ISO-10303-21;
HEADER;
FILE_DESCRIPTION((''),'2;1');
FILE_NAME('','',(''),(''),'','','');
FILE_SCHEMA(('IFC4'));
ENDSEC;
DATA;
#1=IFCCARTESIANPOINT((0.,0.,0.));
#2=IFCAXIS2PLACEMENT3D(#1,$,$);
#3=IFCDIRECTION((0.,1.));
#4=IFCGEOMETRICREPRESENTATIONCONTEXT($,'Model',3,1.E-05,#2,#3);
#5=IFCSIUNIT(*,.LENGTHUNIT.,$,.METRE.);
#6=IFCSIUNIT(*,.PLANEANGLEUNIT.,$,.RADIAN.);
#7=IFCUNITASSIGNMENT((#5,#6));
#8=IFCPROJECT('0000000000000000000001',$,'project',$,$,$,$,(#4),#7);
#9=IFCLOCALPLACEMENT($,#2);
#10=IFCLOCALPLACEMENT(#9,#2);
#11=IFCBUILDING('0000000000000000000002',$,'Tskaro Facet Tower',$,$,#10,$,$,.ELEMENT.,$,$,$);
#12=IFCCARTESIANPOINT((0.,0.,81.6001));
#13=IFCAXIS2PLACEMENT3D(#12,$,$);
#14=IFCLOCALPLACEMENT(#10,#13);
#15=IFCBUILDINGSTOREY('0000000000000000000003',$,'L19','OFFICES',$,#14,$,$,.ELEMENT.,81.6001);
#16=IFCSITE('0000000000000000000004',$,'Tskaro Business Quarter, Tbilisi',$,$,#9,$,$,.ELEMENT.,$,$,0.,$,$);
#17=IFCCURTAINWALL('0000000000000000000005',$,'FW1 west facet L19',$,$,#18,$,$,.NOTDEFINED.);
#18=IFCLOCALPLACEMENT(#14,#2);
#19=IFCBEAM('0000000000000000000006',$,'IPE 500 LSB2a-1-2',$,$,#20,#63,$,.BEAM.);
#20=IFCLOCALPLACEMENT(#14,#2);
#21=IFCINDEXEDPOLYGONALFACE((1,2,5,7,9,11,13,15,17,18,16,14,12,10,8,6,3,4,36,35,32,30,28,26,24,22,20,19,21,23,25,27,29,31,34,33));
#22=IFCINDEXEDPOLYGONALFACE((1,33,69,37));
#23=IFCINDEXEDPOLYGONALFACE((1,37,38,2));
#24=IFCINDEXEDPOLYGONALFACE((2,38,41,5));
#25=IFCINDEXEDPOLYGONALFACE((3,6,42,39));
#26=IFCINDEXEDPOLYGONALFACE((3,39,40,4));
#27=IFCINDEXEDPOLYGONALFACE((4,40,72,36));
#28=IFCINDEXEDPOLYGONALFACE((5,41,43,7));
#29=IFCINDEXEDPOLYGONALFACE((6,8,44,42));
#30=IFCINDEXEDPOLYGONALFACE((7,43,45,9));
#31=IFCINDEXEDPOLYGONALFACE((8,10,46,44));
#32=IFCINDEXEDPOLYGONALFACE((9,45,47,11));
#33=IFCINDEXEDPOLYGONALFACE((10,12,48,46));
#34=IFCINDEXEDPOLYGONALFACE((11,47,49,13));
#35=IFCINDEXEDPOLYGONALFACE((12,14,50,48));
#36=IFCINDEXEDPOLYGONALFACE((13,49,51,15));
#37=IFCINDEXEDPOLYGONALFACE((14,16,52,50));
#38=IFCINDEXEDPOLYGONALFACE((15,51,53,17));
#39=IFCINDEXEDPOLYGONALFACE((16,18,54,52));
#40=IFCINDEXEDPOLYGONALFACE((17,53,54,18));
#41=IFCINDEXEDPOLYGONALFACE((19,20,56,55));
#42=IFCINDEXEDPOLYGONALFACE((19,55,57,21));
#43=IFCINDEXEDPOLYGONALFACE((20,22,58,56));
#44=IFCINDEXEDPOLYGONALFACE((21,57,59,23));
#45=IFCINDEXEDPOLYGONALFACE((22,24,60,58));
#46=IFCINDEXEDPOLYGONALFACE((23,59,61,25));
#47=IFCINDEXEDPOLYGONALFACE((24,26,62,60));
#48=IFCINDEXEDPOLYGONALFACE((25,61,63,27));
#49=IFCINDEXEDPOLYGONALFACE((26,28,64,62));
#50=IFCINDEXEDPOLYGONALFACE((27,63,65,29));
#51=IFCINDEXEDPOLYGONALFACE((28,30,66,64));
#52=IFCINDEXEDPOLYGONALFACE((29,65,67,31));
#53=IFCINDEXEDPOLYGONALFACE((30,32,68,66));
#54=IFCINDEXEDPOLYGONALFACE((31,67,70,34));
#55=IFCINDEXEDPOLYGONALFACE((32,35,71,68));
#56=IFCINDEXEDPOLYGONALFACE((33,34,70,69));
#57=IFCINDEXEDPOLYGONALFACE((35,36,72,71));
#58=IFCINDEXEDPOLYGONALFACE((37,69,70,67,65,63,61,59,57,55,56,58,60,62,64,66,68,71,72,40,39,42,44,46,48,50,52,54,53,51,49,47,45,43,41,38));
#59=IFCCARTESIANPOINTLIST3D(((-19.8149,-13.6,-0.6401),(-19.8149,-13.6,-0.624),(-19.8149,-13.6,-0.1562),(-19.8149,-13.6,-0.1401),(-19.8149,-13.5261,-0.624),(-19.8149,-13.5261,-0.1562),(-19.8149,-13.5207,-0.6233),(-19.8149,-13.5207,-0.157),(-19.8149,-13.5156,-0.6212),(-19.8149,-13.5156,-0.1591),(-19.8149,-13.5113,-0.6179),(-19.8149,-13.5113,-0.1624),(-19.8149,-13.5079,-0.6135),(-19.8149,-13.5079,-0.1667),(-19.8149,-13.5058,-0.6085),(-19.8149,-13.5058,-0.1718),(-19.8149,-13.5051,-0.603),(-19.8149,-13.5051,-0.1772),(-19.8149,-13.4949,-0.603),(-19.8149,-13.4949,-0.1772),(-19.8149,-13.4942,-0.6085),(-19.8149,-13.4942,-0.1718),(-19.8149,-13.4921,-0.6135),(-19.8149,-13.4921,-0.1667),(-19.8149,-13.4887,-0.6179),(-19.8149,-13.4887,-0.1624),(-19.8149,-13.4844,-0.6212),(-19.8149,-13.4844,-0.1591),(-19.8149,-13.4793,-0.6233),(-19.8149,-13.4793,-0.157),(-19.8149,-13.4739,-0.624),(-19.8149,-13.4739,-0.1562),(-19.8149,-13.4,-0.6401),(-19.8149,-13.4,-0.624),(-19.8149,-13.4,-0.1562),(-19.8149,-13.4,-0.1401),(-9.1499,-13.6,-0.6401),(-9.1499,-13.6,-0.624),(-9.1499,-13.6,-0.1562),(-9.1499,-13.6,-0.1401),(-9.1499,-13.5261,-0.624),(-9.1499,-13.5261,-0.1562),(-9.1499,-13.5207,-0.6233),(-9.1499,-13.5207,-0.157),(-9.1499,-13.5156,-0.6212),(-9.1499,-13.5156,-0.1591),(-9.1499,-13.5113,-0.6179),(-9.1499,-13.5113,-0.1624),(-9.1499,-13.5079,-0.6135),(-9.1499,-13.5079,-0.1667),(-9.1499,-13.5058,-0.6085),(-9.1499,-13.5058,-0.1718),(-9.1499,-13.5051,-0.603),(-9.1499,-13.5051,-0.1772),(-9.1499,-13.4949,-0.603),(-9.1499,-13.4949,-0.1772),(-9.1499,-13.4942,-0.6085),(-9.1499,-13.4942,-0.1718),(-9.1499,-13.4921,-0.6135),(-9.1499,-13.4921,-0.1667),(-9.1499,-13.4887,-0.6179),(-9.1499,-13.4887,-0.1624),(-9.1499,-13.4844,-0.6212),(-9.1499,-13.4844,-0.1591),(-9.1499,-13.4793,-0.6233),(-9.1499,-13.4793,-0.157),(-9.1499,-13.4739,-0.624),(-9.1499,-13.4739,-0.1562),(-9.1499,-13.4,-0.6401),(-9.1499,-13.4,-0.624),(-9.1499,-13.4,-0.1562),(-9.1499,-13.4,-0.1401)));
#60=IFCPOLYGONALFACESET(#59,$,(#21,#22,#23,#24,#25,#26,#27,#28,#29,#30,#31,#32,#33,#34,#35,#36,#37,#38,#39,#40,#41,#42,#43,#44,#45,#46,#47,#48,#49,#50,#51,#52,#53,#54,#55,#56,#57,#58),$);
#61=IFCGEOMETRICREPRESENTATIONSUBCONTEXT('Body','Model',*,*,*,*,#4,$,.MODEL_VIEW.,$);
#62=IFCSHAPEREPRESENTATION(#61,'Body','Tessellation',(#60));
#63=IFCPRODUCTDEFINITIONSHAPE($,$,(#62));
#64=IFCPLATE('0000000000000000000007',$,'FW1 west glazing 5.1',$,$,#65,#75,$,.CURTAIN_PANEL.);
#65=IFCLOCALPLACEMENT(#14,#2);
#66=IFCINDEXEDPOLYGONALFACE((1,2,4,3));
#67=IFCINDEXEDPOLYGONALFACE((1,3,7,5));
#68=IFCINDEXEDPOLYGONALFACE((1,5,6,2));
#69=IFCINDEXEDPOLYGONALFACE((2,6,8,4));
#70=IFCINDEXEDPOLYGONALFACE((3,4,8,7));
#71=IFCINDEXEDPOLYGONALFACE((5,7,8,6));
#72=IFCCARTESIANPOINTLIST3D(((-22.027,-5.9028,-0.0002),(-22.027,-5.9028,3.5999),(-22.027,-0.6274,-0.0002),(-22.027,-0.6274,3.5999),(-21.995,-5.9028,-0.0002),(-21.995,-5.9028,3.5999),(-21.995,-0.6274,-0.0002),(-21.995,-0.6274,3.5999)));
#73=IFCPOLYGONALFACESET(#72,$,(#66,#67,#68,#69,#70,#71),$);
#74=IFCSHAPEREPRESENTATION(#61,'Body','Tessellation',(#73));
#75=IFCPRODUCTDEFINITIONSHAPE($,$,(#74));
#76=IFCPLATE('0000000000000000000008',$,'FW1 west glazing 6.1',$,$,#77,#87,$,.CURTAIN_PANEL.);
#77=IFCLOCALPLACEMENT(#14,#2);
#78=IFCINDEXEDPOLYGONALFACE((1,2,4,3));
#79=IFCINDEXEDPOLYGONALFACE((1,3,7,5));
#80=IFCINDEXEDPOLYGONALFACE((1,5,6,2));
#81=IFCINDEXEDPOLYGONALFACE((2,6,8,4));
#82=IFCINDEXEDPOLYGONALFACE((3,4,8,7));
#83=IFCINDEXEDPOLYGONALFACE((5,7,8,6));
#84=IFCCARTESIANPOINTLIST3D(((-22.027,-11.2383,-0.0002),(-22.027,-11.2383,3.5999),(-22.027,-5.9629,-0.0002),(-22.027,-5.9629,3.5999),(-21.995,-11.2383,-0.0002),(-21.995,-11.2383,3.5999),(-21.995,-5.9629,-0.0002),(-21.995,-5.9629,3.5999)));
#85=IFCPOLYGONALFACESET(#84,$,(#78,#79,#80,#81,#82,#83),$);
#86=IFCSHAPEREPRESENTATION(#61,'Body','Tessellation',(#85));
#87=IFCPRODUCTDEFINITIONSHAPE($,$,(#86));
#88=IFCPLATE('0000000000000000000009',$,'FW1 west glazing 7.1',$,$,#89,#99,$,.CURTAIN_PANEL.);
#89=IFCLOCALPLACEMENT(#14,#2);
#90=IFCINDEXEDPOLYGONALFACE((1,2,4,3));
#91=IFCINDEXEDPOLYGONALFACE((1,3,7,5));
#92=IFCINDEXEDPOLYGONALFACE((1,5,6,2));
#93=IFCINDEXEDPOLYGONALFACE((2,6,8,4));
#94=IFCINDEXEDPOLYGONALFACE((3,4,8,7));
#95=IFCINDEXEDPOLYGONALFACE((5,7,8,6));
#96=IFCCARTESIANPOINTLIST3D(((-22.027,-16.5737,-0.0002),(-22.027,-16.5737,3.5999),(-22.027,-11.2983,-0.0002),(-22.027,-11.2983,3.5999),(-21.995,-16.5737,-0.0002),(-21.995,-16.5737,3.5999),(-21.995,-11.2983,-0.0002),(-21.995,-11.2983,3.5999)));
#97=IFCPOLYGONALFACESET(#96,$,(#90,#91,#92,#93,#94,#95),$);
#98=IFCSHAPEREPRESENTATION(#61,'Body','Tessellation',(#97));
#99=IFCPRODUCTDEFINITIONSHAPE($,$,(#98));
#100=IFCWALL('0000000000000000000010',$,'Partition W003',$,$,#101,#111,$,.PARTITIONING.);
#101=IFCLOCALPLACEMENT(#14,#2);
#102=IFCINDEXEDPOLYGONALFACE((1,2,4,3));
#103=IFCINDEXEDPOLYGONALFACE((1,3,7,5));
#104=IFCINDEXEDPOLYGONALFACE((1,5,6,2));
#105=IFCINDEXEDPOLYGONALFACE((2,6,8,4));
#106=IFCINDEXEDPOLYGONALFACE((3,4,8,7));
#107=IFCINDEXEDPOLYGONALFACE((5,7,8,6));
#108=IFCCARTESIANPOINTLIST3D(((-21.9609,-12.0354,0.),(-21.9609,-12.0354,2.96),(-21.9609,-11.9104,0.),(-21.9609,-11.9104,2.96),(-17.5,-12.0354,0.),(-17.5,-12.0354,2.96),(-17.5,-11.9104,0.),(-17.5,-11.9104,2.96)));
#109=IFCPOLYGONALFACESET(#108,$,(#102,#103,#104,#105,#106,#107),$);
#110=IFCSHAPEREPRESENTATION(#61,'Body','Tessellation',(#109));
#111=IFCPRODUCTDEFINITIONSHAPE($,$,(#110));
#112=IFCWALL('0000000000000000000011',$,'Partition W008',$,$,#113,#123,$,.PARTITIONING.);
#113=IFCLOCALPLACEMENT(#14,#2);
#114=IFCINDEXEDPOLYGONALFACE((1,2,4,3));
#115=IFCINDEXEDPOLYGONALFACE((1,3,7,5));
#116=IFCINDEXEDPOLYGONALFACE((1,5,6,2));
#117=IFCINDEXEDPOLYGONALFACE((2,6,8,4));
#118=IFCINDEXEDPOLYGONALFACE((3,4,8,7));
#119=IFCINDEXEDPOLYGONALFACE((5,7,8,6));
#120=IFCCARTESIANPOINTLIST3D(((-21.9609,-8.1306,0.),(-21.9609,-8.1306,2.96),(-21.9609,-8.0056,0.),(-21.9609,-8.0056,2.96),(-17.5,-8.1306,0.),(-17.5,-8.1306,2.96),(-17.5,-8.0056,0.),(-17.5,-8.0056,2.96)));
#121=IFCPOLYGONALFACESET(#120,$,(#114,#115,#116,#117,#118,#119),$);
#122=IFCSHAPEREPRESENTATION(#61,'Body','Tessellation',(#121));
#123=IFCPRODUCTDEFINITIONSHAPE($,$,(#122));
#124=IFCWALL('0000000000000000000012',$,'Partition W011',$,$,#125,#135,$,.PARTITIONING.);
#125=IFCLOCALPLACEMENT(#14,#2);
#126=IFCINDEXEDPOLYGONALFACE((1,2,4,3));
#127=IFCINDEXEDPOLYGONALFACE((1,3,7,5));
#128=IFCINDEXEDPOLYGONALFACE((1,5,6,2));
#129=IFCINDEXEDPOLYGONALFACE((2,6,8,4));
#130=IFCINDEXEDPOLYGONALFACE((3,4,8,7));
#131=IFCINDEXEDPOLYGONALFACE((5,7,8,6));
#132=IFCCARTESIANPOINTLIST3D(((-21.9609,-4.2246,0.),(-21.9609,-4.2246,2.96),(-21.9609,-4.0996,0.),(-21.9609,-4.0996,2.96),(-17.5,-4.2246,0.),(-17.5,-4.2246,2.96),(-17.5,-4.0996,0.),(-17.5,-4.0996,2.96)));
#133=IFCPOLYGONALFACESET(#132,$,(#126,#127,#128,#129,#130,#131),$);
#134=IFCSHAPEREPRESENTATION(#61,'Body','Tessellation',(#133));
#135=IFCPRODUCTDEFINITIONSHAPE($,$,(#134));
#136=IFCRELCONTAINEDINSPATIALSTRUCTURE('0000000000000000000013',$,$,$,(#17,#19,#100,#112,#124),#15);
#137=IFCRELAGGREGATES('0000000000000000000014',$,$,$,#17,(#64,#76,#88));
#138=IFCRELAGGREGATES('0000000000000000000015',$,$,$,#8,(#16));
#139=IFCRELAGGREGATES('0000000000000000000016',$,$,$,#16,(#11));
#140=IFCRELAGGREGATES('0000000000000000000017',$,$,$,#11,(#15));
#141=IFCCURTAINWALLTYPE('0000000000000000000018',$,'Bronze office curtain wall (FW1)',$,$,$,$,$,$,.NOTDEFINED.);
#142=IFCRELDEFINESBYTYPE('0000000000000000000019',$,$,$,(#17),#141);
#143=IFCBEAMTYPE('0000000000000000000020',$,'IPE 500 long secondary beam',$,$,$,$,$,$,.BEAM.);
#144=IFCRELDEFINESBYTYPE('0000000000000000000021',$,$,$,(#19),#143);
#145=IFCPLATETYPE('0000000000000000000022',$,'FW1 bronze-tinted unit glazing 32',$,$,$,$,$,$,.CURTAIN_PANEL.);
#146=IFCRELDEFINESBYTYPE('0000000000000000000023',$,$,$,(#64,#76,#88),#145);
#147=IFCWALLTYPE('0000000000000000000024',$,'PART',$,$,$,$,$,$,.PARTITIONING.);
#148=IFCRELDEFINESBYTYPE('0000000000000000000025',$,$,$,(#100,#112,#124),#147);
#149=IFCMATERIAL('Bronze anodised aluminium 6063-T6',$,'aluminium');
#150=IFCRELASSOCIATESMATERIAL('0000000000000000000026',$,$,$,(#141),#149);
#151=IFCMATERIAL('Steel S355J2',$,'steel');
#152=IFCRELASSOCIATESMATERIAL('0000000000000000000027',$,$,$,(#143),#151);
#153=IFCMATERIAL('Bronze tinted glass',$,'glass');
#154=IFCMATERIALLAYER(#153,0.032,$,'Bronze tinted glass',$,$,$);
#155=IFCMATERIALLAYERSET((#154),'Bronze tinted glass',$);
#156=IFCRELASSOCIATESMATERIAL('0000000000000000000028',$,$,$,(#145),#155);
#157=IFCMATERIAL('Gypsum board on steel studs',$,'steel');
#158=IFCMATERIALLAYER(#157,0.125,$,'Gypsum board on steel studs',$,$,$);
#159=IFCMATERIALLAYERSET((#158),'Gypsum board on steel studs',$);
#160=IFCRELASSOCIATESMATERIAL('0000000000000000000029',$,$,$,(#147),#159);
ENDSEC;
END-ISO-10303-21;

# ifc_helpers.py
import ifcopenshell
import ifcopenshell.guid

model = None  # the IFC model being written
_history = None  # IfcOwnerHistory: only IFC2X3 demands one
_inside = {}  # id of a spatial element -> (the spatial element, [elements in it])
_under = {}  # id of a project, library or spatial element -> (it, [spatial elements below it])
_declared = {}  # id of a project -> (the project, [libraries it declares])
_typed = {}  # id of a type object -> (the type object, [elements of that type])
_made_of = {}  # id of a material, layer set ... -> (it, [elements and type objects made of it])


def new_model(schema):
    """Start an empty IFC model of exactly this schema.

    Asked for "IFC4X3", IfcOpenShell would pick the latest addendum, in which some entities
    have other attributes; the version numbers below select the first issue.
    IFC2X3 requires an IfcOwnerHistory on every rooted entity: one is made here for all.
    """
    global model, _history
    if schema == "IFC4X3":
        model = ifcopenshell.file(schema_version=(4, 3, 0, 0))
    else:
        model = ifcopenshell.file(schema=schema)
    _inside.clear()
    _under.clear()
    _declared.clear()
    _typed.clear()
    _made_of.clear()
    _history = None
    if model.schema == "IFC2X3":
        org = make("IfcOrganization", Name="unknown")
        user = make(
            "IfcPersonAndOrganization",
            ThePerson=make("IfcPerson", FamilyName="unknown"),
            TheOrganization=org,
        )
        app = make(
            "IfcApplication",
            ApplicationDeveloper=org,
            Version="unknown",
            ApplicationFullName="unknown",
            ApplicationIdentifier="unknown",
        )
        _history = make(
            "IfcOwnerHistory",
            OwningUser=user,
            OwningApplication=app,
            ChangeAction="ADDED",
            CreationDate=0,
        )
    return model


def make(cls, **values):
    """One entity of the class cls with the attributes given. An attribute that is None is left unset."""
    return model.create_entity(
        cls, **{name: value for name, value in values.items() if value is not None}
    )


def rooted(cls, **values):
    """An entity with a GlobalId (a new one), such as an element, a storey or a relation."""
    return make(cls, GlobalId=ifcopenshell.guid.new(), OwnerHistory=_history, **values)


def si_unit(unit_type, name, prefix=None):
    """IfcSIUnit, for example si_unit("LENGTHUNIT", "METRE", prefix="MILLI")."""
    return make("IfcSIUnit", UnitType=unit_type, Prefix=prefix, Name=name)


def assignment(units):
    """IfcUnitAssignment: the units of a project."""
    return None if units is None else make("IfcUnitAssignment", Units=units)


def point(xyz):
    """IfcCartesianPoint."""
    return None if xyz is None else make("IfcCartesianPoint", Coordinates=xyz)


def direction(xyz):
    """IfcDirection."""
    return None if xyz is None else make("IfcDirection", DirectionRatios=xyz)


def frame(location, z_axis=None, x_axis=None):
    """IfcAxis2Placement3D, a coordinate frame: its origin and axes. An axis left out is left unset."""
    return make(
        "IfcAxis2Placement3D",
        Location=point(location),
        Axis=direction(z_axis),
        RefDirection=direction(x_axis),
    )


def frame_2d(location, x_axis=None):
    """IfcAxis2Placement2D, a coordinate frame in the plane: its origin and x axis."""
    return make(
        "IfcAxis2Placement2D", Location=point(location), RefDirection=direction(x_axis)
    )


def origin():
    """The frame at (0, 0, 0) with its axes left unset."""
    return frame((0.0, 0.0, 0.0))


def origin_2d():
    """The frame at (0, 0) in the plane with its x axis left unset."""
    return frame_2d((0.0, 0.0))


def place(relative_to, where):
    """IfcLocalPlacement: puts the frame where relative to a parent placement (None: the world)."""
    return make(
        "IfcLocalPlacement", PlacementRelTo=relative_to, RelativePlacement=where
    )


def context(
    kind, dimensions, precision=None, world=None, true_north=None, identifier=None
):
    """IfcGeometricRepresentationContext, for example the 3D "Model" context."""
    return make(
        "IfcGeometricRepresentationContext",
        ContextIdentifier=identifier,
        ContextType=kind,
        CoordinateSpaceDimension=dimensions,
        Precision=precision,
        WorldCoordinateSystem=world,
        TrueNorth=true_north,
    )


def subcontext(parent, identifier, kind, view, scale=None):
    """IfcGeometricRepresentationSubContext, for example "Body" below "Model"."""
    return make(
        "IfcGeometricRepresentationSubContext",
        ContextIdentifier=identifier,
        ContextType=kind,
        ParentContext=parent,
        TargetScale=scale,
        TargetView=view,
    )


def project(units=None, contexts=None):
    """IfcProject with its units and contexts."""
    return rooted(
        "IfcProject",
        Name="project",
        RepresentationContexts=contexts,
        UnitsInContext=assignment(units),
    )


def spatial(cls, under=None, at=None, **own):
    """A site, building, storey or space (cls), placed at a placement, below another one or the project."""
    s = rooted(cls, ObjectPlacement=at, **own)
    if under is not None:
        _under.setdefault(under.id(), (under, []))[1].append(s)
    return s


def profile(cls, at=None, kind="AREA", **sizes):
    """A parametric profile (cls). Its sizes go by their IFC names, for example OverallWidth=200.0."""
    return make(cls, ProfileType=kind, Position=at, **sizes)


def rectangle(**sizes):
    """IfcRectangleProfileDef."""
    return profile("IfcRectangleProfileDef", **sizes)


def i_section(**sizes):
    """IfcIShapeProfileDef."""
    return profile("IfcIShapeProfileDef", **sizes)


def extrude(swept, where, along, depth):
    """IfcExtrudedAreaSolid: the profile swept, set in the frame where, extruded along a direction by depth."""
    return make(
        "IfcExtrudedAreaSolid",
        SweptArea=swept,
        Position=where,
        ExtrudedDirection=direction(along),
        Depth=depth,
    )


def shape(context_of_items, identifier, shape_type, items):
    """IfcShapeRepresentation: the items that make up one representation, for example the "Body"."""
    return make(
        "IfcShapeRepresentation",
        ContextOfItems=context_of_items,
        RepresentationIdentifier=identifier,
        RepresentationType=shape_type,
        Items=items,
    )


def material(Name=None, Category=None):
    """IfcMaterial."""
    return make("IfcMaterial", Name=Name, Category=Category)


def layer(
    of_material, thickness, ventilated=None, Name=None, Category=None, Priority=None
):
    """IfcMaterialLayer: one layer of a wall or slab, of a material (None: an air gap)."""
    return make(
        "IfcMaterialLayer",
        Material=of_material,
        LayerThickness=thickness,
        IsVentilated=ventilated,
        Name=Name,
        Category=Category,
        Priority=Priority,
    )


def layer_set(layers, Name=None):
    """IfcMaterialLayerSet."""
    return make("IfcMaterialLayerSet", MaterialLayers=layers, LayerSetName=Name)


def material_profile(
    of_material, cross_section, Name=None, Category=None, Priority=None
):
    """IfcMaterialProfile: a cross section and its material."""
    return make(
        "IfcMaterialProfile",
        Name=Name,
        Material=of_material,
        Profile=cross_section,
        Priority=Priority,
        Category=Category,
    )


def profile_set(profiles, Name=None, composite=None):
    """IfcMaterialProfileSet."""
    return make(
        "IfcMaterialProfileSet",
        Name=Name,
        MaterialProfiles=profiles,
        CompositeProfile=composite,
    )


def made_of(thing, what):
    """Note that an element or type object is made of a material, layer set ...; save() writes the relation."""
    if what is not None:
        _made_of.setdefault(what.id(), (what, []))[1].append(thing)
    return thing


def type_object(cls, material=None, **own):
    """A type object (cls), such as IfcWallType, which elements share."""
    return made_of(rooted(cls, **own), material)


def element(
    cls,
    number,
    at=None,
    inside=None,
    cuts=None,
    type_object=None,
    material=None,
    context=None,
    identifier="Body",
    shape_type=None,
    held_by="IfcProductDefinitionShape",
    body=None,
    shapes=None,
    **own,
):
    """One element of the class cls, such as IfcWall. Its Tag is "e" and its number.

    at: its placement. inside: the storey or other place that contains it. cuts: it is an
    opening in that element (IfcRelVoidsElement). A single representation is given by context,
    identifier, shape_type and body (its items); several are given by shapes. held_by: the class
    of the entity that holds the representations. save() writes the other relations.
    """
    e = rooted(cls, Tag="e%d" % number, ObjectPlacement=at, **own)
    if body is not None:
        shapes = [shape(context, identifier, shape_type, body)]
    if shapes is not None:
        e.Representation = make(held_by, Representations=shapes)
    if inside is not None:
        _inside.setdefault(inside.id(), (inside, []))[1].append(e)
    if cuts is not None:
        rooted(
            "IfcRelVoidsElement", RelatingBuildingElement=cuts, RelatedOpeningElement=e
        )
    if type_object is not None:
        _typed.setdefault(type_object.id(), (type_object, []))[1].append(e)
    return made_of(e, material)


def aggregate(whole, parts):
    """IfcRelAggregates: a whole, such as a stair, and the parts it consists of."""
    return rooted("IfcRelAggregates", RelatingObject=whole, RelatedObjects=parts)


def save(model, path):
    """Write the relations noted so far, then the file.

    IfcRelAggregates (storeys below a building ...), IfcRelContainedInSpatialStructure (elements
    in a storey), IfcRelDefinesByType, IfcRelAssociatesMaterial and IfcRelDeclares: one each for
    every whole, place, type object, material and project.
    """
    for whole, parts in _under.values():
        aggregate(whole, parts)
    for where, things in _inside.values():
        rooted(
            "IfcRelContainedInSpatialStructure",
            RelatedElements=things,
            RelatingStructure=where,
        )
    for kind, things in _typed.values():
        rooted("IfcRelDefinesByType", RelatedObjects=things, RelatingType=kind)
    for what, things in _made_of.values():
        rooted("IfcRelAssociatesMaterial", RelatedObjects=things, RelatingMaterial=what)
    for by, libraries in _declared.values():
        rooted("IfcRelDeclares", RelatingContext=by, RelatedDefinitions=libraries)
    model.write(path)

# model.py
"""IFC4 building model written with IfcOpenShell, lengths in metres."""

from ifc_helpers import new_model, si_unit, direction, frame, frame_2d, origin, origin_2d, place, context, subcontext, project, spatial, rectangle, i_section, extrude, material, layer, layer_set, material_profile, profile_set, type_object, element, aggregate, save


model = new_model("IFC4")

# Units and contexts
model_context = context("Model", 3, precision=1e-05, world=origin(), true_north=direction((0.0, 1.0)))
body_context = subcontext(model_context, "Body", "Model", "MODEL_VIEW")
ifc_project = project(units=[si_unit("LENGTHUNIT", "METRE"), si_unit("PLANEANGLEUNIT", "RADIAN")], contexts=[model_context])

# Site, building, storey
site_placement = place(None, origin())
site = spatial("IfcSite", under=ifc_project, at=site_placement, Name="Tskaro Business Quarter, Tbilisi", CompositionType="ELEMENT", RefElevation=0.0)
building_placement = place(site_placement, origin())
building = spatial("IfcBuilding", under=site, at=building_placement, Name="Tskaro Facet Tower", CompositionType="ELEMENT")
storey_placement = place(building_placement, frame((0.0, 0.0, 81.6001)))
storey = spatial("IfcBuildingStorey", under=building, at=storey_placement, Name="L19", Description="OFFICES", CompositionType="ELEMENT", Elevation=81.6001)

# Curtain wall
ifc_material_1 = material(Name="Bronze anodised aluminium 6063-T6", Category="aluminium")
curtain_wall_type = type_object("IfcCurtainWallType", Name="Bronze office curtain wall (FW1)", PredefinedType="NOTDEFINED", material=ifc_material_1)
curtain_wall_placement = place(storey_placement, origin())
curtain_wall = element("IfcCurtainWall", 1, at=curtain_wall_placement, inside=storey, type_object=curtain_wall_type, Name="FW1 west facet L19", PredefinedType="NOTDEFINED")

# Beam
ifc_material_2 = material(Name="Steel S355J2", Category="steel")
ifc_material_profile_1 = material_profile(ifc_material_2, i_section(OverallWidth=0.2, OverallDepth=0.5, WebThickness=0.0103, FlangeThickness=0.0161, FilletRadius=0.021, at=origin_2d()), Name="IPE 500")
ifc_profile_set_1 = profile_set([ifc_material_profile_1], Name="Steel S355J2")
beam_type_1 = type_object("IfcBeamType", Name="IPE 500 long secondary beam", PredefinedType="BEAM", material=ifc_profile_set_1)
beam_1_placement = place(storey_placement, frame((-19.8149, -13.5, -0.3901), z_axis=(1.0, 0.0, 0.0), x_axis=(0.0, 1.0, 0.0)))
element("IfcBeam", 2, at=beam_1_placement, inside=storey, type_object=beam_type_1, Name="IPE 500 LSB2a-1-2", PredefinedType="BEAM", context=body_context, shape_type="SweptSolid", body=[
    extrude(i_section(OverallWidth=0.2, OverallDepth=0.5, WebThickness=0.0103, FlangeThickness=0.0161, FilletRadius=0.021, at=origin_2d()), origin(), (0.0, 0.0, 1.0), 10.665),
])

# Plates
ifc_material_3 = material(Name="Bronze tinted glass", Category="glass")
ifc_layer_1 = layer(ifc_material_3, 0.032, Name="Bronze tinted glass")
ifc_layer_set_1 = layer_set([ifc_layer_1], Name="Bronze tinted glass")
plate_type = type_object("IfcPlateType", Name="FW1 bronze-tinted unit glazing 32", PredefinedType="CURTAIN_PANEL", material=ifc_layer_set_1)
plate_1_placement = place(storey_placement, frame((-22.011, -3.2651, -0.0002), z_axis=(0.0, 0.0, 1.0), x_axis=(0.0, -1.0, 0.0)))
plate_1 = element("IfcPlate", 3, at=plate_1_placement, type_object=plate_type, Name="FW1 west glazing 5.1", PredefinedType="CURTAIN_PANEL", context=body_context, shape_type="SweptSolid", body=[
    extrude(rectangle(XDim=5.2754, YDim=0.032, at=origin_2d()), origin(), (0.0, 0.0, 1.0), 3.6001),
])
plate_2_placement = place(storey_placement, frame((-22.011, -8.6006, -0.0002), z_axis=(0.0, 0.0, 1.0), x_axis=(0.0, -1.0, 0.0)))
plate_2 = element("IfcPlate", 4, at=plate_2_placement, type_object=plate_type, Name="FW1 west glazing 6.1", PredefinedType="CURTAIN_PANEL", context=body_context, shape_type="SweptSolid", body=[
    extrude(rectangle(XDim=5.2754, YDim=0.032, at=origin_2d()), origin(), (0.0, 0.0, 1.0), 3.6001),
])
plate_3_placement = place(storey_placement, frame((-22.011, -13.936, -0.0002), z_axis=(0.0, 0.0, 1.0), x_axis=(0.0, -1.0, 0.0)))
plate_3 = element("IfcPlate", 5, at=plate_3_placement, type_object=plate_type, Name="FW1 west glazing 7.1", PredefinedType="CURTAIN_PANEL", context=body_context, shape_type="SweptSolid", body=[
    extrude(rectangle(XDim=5.2754, YDim=0.032, at=origin_2d()), origin(), (0.0, 0.0, 1.0), 3.6001),
])
aggregate(curtain_wall, [plate_1, plate_2, plate_3])

# Walls
ifc_material_4 = material(Name="Gypsum board on steel studs", Category="steel")
ifc_layer_2 = layer(ifc_material_4, 0.125, Name="Gypsum board on steel studs")
ifc_layer_set_2 = layer_set([ifc_layer_2], Name="Gypsum board on steel studs")
wall_type_1 = type_object("IfcWallType", Name="PART", PredefinedType="PARTITIONING", material=ifc_layer_set_2)
for number, where, z_axis, x_axis, name in (
    (6, (-21.9609, -11.9729, 0.0), (0.0, 0.0, 1.0), (1.0, 0.0, 0.0), "Partition W003"),
    (7, (-21.9609, -8.0681, 0.0), (0.0, 0.0, 1.0), (1.0, 0.0, 0.0), "Partition W008"),
    (8, (-21.9609, -4.1621, 0.0), (0.0, 0.0, 1.0), (1.0, 0.0, 0.0), "Partition W011"),
):
    element("IfcWall", number, at=place(storey_placement, frame(where, z_axis=z_axis, x_axis=x_axis)), inside=storey, type_object=wall_type_1, Name=name, PredefinedType="PARTITIONING", context=body_context, shape_type="SweptSolid", body=[
        extrude(rectangle(XDim=4.4609, YDim=0.125, at=frame_2d((2.2305, 0.0))), origin(), (0.0, 0.0, 1.0), 2.96),
    ])

save(model, "model.ifc")
